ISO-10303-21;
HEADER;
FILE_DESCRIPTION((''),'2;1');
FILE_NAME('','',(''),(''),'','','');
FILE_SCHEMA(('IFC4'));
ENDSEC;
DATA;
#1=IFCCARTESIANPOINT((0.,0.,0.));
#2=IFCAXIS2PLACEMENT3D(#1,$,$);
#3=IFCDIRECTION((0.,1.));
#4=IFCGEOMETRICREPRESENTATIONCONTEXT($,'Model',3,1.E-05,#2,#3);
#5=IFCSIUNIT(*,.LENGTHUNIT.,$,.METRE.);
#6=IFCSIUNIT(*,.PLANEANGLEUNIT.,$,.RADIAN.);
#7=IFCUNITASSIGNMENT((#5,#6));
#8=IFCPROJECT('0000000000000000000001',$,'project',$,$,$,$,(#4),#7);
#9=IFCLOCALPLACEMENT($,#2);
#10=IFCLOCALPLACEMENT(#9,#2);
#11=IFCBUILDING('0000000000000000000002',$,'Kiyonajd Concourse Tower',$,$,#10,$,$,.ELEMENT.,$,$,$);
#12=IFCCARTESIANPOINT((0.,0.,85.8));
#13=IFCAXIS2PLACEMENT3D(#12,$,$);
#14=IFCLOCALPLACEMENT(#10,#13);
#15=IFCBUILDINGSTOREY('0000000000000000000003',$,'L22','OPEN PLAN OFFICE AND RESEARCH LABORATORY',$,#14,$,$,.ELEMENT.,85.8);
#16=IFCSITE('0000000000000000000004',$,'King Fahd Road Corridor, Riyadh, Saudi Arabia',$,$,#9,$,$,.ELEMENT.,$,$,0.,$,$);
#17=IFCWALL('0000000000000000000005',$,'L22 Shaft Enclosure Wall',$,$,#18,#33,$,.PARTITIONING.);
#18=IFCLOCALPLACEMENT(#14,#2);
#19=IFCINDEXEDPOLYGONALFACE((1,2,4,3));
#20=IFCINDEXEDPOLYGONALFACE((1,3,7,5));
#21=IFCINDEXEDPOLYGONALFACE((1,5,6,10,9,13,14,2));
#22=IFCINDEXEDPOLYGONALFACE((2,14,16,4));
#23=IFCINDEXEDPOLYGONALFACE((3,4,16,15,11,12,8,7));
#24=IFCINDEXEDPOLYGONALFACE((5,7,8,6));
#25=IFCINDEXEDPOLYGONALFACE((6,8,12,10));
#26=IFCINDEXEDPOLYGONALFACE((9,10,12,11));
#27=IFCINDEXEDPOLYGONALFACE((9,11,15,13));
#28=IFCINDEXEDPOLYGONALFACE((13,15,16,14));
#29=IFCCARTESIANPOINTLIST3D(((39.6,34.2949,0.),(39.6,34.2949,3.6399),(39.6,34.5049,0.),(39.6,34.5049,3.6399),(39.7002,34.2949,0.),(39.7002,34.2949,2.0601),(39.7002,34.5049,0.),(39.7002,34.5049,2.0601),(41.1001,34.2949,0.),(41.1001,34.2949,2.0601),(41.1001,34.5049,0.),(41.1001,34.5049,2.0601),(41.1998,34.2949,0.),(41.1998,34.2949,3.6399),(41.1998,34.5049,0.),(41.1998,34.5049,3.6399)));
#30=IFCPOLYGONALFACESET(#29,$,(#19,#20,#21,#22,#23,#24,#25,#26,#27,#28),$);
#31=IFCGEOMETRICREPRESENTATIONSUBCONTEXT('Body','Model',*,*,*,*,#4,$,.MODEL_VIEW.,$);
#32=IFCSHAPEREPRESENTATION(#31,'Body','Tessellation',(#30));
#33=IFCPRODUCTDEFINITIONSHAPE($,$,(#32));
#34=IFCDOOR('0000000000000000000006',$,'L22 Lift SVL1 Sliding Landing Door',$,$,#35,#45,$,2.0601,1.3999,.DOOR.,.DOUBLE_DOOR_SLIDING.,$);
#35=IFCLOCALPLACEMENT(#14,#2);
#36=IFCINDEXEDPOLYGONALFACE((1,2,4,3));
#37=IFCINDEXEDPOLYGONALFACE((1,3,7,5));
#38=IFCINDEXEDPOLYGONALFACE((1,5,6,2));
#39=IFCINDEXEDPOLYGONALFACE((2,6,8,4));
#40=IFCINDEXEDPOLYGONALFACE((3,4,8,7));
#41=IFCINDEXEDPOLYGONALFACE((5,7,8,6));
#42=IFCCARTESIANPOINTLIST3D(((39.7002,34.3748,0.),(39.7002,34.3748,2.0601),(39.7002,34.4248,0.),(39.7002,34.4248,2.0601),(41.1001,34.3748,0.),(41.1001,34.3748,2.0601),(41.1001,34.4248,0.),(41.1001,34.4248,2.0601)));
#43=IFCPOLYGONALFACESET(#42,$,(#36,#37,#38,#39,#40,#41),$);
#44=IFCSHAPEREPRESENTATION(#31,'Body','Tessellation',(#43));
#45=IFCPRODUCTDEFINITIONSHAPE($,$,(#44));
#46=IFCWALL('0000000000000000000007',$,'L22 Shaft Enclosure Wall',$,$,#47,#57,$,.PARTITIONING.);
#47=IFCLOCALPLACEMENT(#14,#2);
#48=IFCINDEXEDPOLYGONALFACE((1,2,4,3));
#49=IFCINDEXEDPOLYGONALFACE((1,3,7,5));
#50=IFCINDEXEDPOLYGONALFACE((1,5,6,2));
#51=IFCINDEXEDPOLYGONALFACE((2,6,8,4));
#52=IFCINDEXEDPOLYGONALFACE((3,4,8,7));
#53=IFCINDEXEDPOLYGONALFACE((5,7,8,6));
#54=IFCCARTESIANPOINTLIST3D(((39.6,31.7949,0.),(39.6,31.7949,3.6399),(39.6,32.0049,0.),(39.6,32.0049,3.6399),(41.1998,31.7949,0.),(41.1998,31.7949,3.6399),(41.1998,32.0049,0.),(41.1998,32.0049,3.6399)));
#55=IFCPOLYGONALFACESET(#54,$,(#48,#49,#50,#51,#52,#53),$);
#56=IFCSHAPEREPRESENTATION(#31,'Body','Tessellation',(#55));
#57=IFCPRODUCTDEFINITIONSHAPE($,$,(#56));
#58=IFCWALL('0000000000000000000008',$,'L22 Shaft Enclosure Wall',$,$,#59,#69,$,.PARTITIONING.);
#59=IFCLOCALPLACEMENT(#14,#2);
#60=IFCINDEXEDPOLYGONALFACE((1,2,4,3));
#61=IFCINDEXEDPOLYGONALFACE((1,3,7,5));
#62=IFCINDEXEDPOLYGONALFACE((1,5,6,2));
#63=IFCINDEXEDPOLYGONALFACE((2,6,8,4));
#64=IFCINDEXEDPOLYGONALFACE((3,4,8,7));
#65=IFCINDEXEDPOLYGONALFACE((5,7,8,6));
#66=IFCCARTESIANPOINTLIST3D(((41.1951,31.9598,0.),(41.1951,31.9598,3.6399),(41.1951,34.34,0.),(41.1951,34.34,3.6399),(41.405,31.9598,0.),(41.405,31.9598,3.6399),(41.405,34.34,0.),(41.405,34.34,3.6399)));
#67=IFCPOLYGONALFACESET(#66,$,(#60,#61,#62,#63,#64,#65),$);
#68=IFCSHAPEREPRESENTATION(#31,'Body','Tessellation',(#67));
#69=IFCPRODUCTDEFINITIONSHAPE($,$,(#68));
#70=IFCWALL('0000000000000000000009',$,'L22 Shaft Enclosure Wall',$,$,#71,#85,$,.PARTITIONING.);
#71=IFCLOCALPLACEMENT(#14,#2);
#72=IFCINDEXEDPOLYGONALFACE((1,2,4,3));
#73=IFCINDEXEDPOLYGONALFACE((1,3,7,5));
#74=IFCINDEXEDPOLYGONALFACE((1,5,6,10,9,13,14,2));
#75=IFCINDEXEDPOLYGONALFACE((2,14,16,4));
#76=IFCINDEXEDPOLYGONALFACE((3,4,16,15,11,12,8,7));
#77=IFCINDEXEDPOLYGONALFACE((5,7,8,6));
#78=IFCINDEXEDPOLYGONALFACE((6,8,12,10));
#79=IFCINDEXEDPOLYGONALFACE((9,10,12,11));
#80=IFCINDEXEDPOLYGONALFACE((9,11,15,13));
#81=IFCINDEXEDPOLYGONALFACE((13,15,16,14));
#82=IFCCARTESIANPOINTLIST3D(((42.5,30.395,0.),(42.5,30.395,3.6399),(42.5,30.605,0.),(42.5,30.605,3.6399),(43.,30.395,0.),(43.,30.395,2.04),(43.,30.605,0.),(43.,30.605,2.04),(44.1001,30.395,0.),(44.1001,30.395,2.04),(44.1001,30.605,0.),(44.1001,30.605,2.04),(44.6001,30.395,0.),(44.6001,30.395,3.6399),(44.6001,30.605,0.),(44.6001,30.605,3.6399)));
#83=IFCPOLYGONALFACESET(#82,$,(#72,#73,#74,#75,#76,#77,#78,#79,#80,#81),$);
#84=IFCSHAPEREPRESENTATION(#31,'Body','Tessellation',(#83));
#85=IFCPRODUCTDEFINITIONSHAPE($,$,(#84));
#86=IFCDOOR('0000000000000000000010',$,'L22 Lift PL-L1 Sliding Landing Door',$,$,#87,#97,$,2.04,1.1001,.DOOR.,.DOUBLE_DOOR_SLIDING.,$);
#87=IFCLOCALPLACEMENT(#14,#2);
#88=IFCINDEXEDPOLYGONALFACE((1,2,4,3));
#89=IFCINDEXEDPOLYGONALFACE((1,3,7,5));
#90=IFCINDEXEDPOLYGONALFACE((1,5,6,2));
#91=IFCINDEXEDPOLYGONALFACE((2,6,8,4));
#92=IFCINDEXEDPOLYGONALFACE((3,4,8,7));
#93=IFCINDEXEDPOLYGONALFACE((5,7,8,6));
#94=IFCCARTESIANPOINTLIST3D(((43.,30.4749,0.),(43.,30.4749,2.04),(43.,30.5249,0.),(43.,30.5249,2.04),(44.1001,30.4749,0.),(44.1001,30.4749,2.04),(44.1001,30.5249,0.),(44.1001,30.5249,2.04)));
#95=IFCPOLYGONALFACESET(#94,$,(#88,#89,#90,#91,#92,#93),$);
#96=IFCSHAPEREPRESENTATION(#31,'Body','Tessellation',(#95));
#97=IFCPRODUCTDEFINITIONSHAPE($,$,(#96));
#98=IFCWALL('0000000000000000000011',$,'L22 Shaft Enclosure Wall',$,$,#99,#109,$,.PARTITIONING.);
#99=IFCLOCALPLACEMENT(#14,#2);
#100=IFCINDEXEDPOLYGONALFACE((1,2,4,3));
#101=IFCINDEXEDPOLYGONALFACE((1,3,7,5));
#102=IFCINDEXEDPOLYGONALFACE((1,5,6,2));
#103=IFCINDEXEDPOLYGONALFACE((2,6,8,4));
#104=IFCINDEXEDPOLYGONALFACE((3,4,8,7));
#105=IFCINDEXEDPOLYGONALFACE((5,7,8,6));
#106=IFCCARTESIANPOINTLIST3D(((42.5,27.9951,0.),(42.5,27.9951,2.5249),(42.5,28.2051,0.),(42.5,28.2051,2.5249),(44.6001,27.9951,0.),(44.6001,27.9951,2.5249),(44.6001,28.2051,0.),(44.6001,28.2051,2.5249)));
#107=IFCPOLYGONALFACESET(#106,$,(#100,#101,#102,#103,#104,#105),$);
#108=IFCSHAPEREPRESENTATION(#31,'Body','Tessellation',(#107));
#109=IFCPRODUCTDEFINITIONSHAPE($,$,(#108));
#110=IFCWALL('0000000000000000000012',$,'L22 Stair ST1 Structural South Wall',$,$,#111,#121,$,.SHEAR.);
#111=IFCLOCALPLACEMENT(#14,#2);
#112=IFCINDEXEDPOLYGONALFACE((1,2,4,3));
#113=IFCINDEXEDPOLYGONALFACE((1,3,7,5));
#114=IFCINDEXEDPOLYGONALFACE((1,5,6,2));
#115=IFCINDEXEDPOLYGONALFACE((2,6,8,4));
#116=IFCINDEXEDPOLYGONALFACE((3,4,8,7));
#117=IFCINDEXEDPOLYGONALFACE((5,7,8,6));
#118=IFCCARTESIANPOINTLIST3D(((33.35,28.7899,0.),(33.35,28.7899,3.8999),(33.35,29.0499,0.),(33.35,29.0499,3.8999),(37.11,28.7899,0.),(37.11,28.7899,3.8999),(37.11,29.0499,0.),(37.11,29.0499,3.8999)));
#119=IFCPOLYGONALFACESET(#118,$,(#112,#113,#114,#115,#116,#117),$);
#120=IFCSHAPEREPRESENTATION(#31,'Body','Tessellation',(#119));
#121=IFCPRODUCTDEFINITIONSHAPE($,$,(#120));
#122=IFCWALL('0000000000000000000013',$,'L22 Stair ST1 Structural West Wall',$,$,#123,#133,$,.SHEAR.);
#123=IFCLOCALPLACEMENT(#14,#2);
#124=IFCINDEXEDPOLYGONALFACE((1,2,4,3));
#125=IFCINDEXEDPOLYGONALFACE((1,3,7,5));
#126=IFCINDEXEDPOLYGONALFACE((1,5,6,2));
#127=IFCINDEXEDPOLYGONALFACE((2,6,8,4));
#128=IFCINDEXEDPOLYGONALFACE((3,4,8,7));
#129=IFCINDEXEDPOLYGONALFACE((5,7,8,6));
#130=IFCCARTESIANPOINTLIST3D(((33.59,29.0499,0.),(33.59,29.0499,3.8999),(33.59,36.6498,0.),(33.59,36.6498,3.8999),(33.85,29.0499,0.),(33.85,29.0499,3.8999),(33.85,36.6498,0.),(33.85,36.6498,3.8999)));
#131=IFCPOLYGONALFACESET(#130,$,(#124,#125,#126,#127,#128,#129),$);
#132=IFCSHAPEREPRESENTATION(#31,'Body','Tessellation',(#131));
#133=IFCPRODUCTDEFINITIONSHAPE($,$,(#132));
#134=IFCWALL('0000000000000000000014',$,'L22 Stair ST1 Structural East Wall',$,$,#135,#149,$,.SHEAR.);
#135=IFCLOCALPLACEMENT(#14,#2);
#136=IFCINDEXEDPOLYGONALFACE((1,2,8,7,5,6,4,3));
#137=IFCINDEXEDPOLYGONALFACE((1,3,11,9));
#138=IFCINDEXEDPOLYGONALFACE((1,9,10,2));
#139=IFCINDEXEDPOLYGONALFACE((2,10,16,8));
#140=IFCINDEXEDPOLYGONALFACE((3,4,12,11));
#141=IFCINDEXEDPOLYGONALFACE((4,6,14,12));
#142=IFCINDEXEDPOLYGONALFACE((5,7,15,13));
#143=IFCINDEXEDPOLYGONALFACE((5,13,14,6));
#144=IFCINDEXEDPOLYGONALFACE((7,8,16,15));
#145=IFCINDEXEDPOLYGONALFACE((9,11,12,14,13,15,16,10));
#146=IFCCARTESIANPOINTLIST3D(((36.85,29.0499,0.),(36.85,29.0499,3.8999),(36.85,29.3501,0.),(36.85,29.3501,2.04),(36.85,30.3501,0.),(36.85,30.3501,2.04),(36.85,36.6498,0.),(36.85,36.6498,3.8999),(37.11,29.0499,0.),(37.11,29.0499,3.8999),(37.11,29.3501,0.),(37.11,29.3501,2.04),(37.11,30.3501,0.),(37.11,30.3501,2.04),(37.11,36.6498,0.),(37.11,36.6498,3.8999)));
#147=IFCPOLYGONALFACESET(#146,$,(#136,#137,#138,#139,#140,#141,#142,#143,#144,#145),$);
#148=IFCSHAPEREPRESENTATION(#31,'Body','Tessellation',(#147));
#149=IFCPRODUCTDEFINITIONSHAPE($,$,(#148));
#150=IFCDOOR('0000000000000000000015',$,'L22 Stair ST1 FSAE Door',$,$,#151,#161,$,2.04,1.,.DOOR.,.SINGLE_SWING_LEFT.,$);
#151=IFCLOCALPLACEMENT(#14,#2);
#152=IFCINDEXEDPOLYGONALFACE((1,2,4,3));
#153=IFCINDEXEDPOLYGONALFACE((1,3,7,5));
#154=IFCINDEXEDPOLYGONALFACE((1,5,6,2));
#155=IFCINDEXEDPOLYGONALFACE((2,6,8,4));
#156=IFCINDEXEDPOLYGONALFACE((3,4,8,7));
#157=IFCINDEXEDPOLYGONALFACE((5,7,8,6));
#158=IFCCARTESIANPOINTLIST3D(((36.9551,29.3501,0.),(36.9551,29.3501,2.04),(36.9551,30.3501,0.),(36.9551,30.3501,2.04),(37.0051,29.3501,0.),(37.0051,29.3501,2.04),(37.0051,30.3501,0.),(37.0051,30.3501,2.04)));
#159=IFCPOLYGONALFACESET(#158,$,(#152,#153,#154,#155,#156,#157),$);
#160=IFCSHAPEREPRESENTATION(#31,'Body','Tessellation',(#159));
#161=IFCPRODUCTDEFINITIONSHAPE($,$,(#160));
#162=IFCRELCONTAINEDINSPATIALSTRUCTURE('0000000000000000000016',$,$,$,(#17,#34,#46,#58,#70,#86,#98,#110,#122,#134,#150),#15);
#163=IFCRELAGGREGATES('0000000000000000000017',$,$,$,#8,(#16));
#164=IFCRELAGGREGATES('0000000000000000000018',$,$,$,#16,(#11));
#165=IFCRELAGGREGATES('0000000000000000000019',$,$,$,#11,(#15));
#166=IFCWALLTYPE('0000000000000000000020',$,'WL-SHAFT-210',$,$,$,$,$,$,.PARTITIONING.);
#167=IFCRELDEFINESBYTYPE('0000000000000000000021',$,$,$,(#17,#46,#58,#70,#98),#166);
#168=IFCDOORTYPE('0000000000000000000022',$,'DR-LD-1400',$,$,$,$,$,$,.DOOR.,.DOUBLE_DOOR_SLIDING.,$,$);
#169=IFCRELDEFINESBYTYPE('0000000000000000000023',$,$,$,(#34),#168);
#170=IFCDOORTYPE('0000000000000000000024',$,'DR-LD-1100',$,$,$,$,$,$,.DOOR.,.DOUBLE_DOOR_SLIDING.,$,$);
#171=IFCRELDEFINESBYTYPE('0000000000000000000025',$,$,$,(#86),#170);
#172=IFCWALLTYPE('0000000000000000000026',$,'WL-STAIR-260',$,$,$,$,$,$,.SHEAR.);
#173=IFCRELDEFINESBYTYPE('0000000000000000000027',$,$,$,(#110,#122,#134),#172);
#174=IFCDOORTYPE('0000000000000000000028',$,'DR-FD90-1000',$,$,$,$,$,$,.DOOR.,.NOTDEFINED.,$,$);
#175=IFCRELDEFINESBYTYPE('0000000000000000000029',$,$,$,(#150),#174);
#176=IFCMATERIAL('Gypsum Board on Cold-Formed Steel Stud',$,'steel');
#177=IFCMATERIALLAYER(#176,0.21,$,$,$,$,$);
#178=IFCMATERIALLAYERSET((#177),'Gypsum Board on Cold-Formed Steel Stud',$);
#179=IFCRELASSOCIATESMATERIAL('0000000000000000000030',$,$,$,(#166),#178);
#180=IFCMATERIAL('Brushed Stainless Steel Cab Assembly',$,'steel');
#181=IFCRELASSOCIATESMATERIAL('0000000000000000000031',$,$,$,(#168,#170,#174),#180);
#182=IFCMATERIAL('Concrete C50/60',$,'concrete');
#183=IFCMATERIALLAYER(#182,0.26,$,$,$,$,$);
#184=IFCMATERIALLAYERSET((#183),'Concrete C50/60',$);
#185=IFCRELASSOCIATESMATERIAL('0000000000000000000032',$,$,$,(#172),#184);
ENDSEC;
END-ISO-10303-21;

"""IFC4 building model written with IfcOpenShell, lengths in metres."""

from ifc_helpers import new_model, si_unit, direction, frame, frame_2d, origin, place, context, subcontext, project, spatial, rectangle, extrude, material, layer, layer_set, type_object, element, fill, save


model = new_model("IFC4")

# Units and contexts
model_context = context("Model", 3, precision=1e-05, world=origin(), true_north=direction((0.0, 1.0)))
body_context = subcontext(model_context, "Body", "Model", "MODEL_VIEW")
ifc_project = project(units=[si_unit("LENGTHUNIT", "METRE"), si_unit("PLANEANGLEUNIT", "RADIAN")], contexts=[model_context])

# Site, building, storey
site_placement = place(None, origin())
site = spatial("IfcSite", under=ifc_project, at=site_placement, Name="King Fahd Road Corridor, Riyadh, Saudi Arabia", CompositionType="ELEMENT", RefElevation=0.0)
building_placement = place(site_placement, origin())
building = spatial("IfcBuilding", under=site, at=building_placement, Name="Kiyonajd Concourse Tower", CompositionType="ELEMENT")
storey_placement = place(building_placement, frame((0.0, 0.0, 85.8)))
storey = spatial("IfcBuildingStorey", under=building, at=storey_placement, Name="L22", Description="OPEN PLAN OFFICE AND RESEARCH LABORATORY", CompositionType="ELEMENT", Elevation=85.8)

# Shared definitions
ifc_material_1 = material(Name="Concrete C50/60", Category="concrete")

# Shared definitions
ifc_material_2 = material(Name="Brushed Stainless Steel Cab Assembly", Category="steel")
ifc_material_3 = material(Name="Gypsum Board on Cold-Formed Steel Stud", Category="steel")
ifc_layer_1 = layer(ifc_material_3, 0.21)
ifc_layer_set_1 = layer_set([ifc_layer_1], Name="Gypsum Board on Cold-Formed Steel Stud")
wall_type_1 = type_object("IfcWallType", Name="WL-SHAFT-210", PredefinedType="PARTITIONING", material=ifc_layer_set_1)

# Wall, opening, door
wall_1_placement = place(storey_placement, frame((39.6001, 34.3999, 0.0), z_axis=(0.0, 0.0, 1.0), x_axis=(1.0, 0.0, 0.0)))
wall_1 = element("IfcWall", 1, at=wall_1_placement, inside=storey, type_object=wall_type_1, Name="L22 Shaft Enclosure Wall", PredefinedType="PARTITIONING", context=body_context, shape_type="SweptSolid", body=[
    extrude(rectangle(XDim=1.5999, YDim=0.21, at=frame_2d((0.7998, 0.0))), origin(), (0.0, 0.0, 1.0), 3.6399),
])
opening_1_placement = place(wall_1_placement, frame((0.1001, 0.0, 0.0)))
opening_1 = element("IfcOpeningElement", 2, at=opening_1_placement, cuts=wall_1, PredefinedType="OPENING", context=body_context, shape_type="SweptSolid", body=[
    extrude(rectangle(XDim=1.3999, YDim=2.0601, at=frame_2d((0.7, 1.03))), frame((0.0, 0.115, 0.0), z_axis=(0.0, -1.0, 0.0), x_axis=(1.0, 0.0, 0.0)), (0.0, 0.0, 1.0), 0.23),
])
door_type_1 = type_object("IfcDoorType", Name="DR-LD-1400", OperationType="DOUBLE_DOOR_SLIDING", PredefinedType="DOOR", material=ifc_material_2)
door_1_placement = place(opening_1_placement, origin())
door_1 = element("IfcDoor", 3, at=door_1_placement, inside=storey, type_object=door_type_1, Name="L22 Lift SVL1 Sliding Landing Door", OperationType="DOUBLE_DOOR_SLIDING", OverallHeight=2.0601, OverallWidth=1.3999, PredefinedType="DOOR", context=body_context, shape_type="SweptSolid", body=[
    extrude(rectangle(XDim=1.3999, YDim=2.0601, at=frame_2d((0.7, 1.03))), frame((0.0, 0.0249, 0.0), z_axis=(0.0, -1.0, 0.0), x_axis=(1.0, 0.0, 0.0)), (0.0, 0.0, 1.0), 0.05),
])
fill(opening_1, door_1)

# Walls
wall_2_placement = place(storey_placement, frame((39.6001, 31.8999, 0.0), z_axis=(0.0, 0.0, 1.0), x_axis=(1.0, 0.0, 0.0)))
element("IfcWall", 4, at=wall_2_placement, inside=storey, type_object=wall_type_1, Name="L22 Shaft Enclosure Wall", PredefinedType="PARTITIONING", context=body_context, shape_type="SweptSolid", body=[
    extrude(rectangle(XDim=1.5999, YDim=0.21, at=frame_2d((0.7998, 0.0))), origin(), (0.0, 0.0, 1.0), 3.6399),
])
wall_3_placement = place(storey_placement, frame((41.3, 31.96, 0.0), z_axis=(0.0, 0.0, 1.0), x_axis=(0.0, 1.0, 0.0)))
element("IfcWall", 5, at=wall_3_placement, inside=storey, type_object=wall_type_1, Name="L22 Shaft Enclosure Wall", PredefinedType="PARTITIONING", context=body_context, shape_type="SweptSolid", body=[
    extrude(rectangle(XDim=2.3801, YDim=0.21, at=frame_2d((1.1899, 0.0))), origin(), (0.0, 0.0, 1.0), 3.6399),
])

# Wall, opening, door
wall_4_placement = place(storey_placement, frame((42.5, 30.5, 0.0), z_axis=(0.0, 0.0, 1.0), x_axis=(1.0, 0.0, 0.0)))
wall_4 = element("IfcWall", 6, at=wall_4_placement, inside=storey, type_object=wall_type_1, Name="L22 Shaft Enclosure Wall", PredefinedType="PARTITIONING", context=body_context, shape_type="SweptSolid", body=[
    extrude(rectangle(XDim=2.1001, YDim=0.21, at=frame_2d((1.05, 0.0))), origin(), (0.0, 0.0, 1.0), 3.6399),
])
opening_2_placement = place(wall_4_placement, frame((0.5, 0.0, 0.0)))
opening_2 = element("IfcOpeningElement", 7, at=opening_2_placement, cuts=wall_4, PredefinedType="OPENING", context=body_context, shape_type="SweptSolid", body=[
    extrude(rectangle(XDim=1.1001, YDim=2.04, at=frame_2d((0.55, 1.02))), frame((0.0, 0.115, 0.0), z_axis=(0.0, -1.0, 0.0), x_axis=(1.0, 0.0, 0.0)), (0.0, 0.0, 1.0), 0.23),
])
door_type_2 = type_object("IfcDoorType", Name="DR-LD-1100", OperationType="DOUBLE_DOOR_SLIDING", PredefinedType="DOOR", material=ifc_material_2)
door_2_placement = place(opening_2_placement, origin())
door_2 = element("IfcDoor", 8, at=door_2_placement, inside=storey, type_object=door_type_2, Name="L22 Lift PL-L1 Sliding Landing Door", OperationType="DOUBLE_DOOR_SLIDING", OverallHeight=2.04, OverallWidth=1.1001, PredefinedType="DOOR", context=body_context, shape_type="SweptSolid", body=[
    extrude(rectangle(XDim=1.1001, YDim=2.04, at=frame_2d((0.55, 1.02))), frame((0.0, 0.0249, 0.0), z_axis=(0.0, -1.0, 0.0), x_axis=(1.0, 0.0, 0.0)), (0.0, 0.0, 1.0), 0.05),
])
fill(opening_2, door_2)

# Walls
wall_5_placement = place(storey_placement, frame((42.5, 28.1001, 0.0), z_axis=(0.0, 0.0, 1.0), x_axis=(1.0, 0.0, 0.0)))
element("IfcWall", 9, at=wall_5_placement, inside=storey, type_object=wall_type_1, Name="L22 Shaft Enclosure Wall", PredefinedType="PARTITIONING", context=body_context, shape_type="SweptSolid", body=[
    extrude(rectangle(XDim=2.1001, YDim=0.21, at=frame_2d((1.05, 0.0))), origin(), (0.0, 0.0, 1.0), 2.5249),
])
ifc_layer_2 = layer(ifc_material_1, 0.26)
ifc_layer_set_2 = layer_set([ifc_layer_2], Name="Concrete C50/60")
wall_type_2 = type_object("IfcWallType", Name="WL-STAIR-260", PredefinedType="SHEAR", material=ifc_layer_set_2)
wall_6_placement = place(storey_placement, frame((33.3501, 28.9199, 0.0), z_axis=(0.0, 0.0, 1.0), x_axis=(1.0, 0.0, 0.0)))
element("IfcWall", 10, at=wall_6_placement, inside=storey, type_object=wall_type_2, Name="L22 Stair ST1 Structural South Wall", PredefinedType="SHEAR", context=body_context, shape_type="SweptSolid", body=[
    extrude(rectangle(XDim=3.76, YDim=0.26, at=frame_2d((1.8799, 0.0))), origin(), (0.0, 0.0, 1.0), 3.8999),
])
wall_7_placement = place(storey_placement, frame((33.72, 29.05, 0.0), z_axis=(0.0, 0.0, 1.0), x_axis=(0.0, 1.0, 0.0)))
element("IfcWall", 11, at=wall_7_placement, inside=storey, type_object=wall_type_2, Name="L22 Stair ST1 Structural West Wall", PredefinedType="SHEAR", context=body_context, shape_type="SweptSolid", body=[
    extrude(rectangle(XDim=7.5999, YDim=0.26, at=frame_2d((3.7998, 0.0))), origin(), (0.0, 0.0, 1.0), 3.8999),
])

# Wall, opening, door
wall_8_placement = place(storey_placement, frame((36.98, 29.05, 0.0), z_axis=(0.0, 0.0, 1.0), x_axis=(0.0, 1.0, 0.0)))
wall_8 = element("IfcWall", 12, at=wall_8_placement, inside=storey, type_object=wall_type_2, Name="L22 Stair ST1 Structural East Wall", PredefinedType="SHEAR", context=body_context, shape_type="SweptSolid", body=[
    extrude(rectangle(XDim=7.5999, YDim=0.26, at=frame_2d((3.7998, 0.0))), origin(), (0.0, 0.0, 1.0), 3.8999),
])
opening_3_placement = place(wall_8_placement, frame((0.3, 0.0, 0.0)))
opening_3 = element("IfcOpeningElement", 13, at=opening_3_placement, cuts=wall_8, PredefinedType="OPENING", context=body_context, shape_type="SweptSolid", body=[
    extrude(rectangle(XDim=1.0, YDim=2.04, at=frame_2d((0.5, 1.02))), frame((0.0, 0.1399, 0.0), z_axis=(0.0, -1.0, 0.0), x_axis=(1.0, 0.0, 0.0)), (0.0, 0.0, 1.0), 0.28),
])
door_type_3 = type_object("IfcDoorType", Name="DR-FD90-1000", OperationType="NOTDEFINED", PredefinedType="DOOR", material=ifc_material_2)
door_3_placement = place(opening_3_placement, origin())
door_3 = element("IfcDoor", 14, at=door_3_placement, inside=storey, type_object=door_type_3, Name="L22 Stair ST1 FSAE Door", OperationType="SINGLE_SWING_LEFT", OverallHeight=2.04, OverallWidth=1.0, PredefinedType="DOOR", context=body_context, shape_type="SweptSolid", body=[
    extrude(rectangle(XDim=1.0, YDim=2.04, at=frame_2d((0.5, 1.02))), frame((0.0, 0.0249, 0.0), z_axis=(0.0, -1.0, 0.0), x_axis=(1.0, 0.0, 0.0)), (0.0, 0.0, 1.0), 0.05),
])
fill(opening_3, door_3)

save(model, "model.ifc")
